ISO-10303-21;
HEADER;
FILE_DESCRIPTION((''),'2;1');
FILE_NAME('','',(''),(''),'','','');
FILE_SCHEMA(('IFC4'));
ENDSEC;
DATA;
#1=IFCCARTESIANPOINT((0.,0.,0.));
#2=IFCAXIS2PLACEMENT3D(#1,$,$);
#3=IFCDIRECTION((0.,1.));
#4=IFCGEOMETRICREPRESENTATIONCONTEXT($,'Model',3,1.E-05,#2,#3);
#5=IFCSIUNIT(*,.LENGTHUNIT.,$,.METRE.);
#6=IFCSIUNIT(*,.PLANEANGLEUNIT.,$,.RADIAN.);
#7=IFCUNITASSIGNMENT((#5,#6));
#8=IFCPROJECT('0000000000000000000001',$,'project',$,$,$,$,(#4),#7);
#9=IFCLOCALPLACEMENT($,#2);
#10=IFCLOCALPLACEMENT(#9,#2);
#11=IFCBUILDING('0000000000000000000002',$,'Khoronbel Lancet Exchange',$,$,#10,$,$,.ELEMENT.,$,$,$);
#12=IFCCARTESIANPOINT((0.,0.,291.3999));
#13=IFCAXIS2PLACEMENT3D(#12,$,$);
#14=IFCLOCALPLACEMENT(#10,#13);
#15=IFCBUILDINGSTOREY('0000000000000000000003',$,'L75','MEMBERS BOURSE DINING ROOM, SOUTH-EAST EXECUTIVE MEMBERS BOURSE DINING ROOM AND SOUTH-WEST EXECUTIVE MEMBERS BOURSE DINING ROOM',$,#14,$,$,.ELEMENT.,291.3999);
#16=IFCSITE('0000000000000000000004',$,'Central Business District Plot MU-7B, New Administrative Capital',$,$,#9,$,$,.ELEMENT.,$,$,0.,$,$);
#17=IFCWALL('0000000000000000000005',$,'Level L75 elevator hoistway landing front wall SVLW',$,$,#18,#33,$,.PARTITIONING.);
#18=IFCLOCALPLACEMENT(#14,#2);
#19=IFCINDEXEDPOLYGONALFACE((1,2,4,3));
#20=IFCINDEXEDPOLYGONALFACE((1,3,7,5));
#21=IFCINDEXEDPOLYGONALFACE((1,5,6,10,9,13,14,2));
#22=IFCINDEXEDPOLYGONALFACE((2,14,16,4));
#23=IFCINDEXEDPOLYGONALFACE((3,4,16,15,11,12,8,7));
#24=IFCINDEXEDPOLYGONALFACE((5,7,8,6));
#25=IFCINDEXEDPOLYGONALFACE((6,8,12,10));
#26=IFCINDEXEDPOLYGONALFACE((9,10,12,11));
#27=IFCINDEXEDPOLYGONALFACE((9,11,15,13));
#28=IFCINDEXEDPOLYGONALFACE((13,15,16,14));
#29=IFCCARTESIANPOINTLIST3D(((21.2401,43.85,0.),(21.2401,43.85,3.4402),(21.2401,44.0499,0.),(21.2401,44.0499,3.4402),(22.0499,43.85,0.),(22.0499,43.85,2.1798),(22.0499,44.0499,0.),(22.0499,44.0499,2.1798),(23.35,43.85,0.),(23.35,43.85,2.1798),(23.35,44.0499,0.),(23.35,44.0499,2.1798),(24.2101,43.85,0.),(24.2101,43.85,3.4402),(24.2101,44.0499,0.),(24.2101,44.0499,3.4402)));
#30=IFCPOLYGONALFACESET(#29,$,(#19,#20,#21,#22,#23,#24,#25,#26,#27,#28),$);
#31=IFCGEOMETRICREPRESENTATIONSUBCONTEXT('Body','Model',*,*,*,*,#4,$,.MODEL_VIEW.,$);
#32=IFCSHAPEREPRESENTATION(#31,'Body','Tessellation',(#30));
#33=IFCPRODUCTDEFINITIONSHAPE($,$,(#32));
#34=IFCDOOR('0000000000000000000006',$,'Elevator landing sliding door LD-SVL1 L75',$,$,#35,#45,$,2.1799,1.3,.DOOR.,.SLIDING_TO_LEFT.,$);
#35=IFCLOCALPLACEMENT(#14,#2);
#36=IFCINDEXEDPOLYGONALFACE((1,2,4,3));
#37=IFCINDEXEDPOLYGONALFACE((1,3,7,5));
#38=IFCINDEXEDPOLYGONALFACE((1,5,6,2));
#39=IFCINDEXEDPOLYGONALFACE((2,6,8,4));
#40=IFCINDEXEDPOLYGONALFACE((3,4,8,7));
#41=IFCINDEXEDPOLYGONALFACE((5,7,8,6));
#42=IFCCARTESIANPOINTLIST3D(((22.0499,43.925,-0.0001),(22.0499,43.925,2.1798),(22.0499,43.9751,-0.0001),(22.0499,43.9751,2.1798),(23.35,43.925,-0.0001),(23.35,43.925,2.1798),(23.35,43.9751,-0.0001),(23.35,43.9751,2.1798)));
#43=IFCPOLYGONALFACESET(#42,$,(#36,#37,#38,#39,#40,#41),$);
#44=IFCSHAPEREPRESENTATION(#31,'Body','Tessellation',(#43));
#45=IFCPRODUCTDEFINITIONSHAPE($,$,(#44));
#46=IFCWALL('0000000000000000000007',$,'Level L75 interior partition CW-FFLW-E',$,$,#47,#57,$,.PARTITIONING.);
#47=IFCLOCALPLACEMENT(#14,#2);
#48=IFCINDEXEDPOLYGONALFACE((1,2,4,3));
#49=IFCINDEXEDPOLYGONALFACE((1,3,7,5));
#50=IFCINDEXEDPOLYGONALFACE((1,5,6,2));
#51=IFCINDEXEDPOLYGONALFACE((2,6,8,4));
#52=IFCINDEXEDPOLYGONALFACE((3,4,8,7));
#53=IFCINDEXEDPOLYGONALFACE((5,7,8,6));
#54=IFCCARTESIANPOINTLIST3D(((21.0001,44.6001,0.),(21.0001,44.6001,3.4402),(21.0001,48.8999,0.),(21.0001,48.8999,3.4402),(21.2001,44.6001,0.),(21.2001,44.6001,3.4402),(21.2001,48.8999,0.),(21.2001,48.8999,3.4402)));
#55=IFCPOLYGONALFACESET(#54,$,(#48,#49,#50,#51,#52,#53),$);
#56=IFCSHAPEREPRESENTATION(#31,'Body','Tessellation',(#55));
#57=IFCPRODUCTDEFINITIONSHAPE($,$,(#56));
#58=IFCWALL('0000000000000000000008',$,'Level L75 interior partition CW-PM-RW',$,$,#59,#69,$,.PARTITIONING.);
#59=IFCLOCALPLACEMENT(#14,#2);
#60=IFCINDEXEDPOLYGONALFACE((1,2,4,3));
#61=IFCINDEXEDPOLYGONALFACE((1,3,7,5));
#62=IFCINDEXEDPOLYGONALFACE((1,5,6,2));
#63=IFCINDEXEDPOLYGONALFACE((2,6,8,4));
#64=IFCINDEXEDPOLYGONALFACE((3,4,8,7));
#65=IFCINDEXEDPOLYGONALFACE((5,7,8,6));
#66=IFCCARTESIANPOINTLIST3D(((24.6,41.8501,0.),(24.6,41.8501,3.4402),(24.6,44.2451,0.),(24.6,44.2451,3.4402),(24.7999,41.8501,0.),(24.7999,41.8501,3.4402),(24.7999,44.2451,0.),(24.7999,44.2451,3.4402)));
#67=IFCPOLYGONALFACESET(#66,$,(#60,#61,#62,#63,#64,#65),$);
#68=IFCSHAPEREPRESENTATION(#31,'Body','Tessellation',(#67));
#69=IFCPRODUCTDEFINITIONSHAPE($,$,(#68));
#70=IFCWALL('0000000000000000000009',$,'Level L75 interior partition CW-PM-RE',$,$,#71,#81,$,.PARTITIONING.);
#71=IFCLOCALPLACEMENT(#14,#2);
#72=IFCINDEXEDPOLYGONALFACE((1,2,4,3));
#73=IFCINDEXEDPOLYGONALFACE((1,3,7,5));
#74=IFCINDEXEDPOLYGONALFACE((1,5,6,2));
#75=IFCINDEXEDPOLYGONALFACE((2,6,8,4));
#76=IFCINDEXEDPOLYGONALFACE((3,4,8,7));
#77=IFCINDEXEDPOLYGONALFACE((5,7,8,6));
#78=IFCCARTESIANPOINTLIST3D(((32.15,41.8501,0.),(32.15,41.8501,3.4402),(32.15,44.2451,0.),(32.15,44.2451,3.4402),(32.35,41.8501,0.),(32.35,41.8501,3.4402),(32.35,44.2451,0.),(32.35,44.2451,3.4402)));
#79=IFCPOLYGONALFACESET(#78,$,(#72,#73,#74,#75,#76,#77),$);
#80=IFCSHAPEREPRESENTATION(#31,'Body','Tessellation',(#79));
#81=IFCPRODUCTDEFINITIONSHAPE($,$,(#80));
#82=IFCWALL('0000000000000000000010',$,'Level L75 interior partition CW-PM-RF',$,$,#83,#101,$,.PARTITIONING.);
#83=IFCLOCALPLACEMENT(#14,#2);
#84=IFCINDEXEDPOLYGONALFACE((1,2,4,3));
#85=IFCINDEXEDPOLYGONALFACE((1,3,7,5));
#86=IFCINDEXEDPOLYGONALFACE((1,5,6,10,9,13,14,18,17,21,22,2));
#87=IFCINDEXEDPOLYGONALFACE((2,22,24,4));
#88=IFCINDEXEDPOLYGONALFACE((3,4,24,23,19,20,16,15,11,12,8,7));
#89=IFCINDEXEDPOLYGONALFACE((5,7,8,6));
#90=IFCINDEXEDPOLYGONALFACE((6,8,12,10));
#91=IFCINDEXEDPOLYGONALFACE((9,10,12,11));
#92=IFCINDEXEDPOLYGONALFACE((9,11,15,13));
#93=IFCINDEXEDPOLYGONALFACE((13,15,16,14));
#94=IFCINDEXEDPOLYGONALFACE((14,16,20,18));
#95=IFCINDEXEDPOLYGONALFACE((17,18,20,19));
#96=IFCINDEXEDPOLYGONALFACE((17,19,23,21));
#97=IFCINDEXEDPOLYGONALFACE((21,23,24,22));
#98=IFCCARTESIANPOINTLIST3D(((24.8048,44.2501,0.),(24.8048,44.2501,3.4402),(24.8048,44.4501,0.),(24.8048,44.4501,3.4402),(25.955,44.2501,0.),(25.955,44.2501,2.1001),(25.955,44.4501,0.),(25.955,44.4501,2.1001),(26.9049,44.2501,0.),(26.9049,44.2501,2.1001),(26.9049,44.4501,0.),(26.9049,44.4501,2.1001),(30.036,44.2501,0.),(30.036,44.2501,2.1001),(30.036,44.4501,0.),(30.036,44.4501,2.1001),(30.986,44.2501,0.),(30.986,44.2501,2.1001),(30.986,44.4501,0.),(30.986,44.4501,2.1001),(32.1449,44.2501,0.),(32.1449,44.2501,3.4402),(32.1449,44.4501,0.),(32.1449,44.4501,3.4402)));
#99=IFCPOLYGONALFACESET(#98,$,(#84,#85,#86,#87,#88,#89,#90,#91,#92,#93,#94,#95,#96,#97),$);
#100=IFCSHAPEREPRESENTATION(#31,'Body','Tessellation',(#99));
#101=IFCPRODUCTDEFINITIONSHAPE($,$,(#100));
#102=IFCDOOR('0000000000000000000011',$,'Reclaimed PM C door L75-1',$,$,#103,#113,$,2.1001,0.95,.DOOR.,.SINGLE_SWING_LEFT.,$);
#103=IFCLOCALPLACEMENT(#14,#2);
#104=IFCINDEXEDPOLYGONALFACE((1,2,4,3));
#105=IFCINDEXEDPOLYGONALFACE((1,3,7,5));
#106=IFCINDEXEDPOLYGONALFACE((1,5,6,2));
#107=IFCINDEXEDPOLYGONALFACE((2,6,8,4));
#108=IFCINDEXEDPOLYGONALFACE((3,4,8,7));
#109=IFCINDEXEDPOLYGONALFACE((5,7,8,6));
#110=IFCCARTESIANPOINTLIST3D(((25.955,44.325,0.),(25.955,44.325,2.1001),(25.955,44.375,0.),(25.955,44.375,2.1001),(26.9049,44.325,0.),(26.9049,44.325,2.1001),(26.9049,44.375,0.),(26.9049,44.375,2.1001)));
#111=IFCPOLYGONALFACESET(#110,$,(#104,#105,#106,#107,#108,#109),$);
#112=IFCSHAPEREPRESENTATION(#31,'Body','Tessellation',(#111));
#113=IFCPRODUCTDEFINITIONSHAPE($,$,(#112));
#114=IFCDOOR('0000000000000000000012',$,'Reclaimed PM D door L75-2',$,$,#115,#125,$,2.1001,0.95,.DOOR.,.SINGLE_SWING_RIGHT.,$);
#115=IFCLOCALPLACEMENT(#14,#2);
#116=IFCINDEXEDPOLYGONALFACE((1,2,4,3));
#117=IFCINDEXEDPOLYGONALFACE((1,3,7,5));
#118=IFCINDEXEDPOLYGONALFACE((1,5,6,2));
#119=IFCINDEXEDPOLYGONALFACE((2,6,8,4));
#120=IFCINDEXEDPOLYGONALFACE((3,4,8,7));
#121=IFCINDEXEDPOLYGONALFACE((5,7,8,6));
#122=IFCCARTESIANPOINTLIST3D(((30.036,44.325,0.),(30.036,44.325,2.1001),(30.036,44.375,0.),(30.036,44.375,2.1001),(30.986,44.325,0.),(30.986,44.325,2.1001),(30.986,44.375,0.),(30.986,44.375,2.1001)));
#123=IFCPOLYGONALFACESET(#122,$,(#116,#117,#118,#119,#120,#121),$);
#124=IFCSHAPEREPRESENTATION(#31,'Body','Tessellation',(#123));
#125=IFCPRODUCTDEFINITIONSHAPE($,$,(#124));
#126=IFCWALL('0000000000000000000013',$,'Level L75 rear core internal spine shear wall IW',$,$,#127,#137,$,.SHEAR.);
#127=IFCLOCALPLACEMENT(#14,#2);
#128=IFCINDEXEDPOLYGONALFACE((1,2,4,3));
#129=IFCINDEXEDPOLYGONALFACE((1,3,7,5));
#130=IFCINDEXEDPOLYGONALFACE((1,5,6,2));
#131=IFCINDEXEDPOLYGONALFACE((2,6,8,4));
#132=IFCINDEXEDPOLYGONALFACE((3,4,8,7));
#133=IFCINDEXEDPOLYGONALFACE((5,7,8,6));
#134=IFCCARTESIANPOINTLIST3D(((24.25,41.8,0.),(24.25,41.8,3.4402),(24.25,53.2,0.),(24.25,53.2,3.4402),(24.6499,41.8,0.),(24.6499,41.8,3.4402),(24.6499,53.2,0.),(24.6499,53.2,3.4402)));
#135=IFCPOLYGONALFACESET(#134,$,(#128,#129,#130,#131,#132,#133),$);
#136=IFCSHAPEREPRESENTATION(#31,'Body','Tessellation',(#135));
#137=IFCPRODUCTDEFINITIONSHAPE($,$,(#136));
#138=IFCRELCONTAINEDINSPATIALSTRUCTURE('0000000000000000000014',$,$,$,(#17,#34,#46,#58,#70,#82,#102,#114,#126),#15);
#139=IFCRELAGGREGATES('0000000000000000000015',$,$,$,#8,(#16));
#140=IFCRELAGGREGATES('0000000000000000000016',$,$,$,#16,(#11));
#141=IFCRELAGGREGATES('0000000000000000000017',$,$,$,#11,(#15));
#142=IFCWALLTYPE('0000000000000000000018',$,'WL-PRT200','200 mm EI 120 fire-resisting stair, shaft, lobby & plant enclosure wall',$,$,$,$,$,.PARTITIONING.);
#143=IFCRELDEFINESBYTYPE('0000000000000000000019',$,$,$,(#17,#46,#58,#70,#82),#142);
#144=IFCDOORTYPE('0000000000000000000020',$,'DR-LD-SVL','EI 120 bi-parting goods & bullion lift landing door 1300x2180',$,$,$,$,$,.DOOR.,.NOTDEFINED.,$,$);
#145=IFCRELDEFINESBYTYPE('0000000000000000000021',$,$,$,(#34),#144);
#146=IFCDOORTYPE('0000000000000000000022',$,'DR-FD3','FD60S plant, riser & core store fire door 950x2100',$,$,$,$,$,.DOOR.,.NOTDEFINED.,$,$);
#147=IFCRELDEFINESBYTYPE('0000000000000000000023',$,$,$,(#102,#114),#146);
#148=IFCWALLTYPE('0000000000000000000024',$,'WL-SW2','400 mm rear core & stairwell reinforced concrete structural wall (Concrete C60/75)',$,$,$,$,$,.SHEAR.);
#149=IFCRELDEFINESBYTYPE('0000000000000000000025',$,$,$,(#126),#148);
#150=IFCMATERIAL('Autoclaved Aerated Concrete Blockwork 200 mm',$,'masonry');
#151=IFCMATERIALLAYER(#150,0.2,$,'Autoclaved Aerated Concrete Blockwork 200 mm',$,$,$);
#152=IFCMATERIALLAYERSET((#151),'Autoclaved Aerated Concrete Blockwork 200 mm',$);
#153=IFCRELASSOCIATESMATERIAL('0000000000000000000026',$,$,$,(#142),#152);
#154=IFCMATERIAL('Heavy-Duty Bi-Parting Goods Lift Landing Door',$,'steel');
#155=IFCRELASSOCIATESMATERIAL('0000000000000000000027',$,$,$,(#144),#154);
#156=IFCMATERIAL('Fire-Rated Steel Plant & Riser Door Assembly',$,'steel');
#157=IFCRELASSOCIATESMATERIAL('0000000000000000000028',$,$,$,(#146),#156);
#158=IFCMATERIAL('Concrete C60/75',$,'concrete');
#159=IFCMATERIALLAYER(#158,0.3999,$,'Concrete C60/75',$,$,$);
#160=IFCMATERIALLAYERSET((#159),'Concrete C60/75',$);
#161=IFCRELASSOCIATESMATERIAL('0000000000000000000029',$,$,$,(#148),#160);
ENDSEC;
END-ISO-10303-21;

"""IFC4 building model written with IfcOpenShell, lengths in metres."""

from ifc_helpers import new_model, si_unit, direction, frame, frame_2d, origin, place, context, subcontext, project, spatial, rectangle, extrude, material, layer, layer_set, type_object, element, fill, save


model = new_model("IFC4")

# Units and contexts
model_context = context("Model", 3, precision=1e-05, world=origin(), true_north=direction((0.0, 1.0)))
body_context = subcontext(model_context, "Body", "Model", "MODEL_VIEW")
ifc_project = project(units=[si_unit("LENGTHUNIT", "METRE"), si_unit("PLANEANGLEUNIT", "RADIAN")], contexts=[model_context])

# Site, building, storey
site_placement = place(None, origin())
site = spatial("IfcSite", under=ifc_project, at=site_placement, Name="Central Business District Plot MU-7B, New Administrative Capital", CompositionType="ELEMENT", RefElevation=0.0)
building_placement = place(site_placement, origin())
building = spatial("IfcBuilding", under=site, at=building_placement, Name="Khoronbel Lancet Exchange", CompositionType="ELEMENT")
storey_placement = place(building_placement, frame((0.0, 0.0, 291.3999)))
storey = spatial("IfcBuildingStorey", under=building, at=storey_placement, Name="L75", Description="MEMBERS BOURSE DINING ROOM, SOUTH-EAST EXECUTIVE MEMBERS BOURSE DINING ROOM AND SOUTH-WEST EXECUTIVE MEMBERS BOURSE DINING ROOM", CompositionType="ELEMENT", Elevation=291.3999)

# Shared definitions
ifc_material_1 = material(Name="Concrete C60/75", Category="concrete")

# Wall, opening, door
ifc_material_2 = material(Name="Autoclaved Aerated Concrete Blockwork 200 mm", Category="masonry")
ifc_layer_1 = layer(ifc_material_2, 0.2, Name="Autoclaved Aerated Concrete Blockwork 200 mm")
ifc_layer_set_1 = layer_set([ifc_layer_1], Name="Autoclaved Aerated Concrete Blockwork 200 mm")
wall_type_1 = type_object("IfcWallType", Name="WL-PRT200", Description="200 mm EI 120 fire-resisting stair, shaft, lobby & plant enclosure wall", PredefinedType="PARTITIONING", material=ifc_layer_set_1)
wall_1_placement = place(storey_placement, frame((24.21, 43.95, 0.0), z_axis=(0.0, 0.0, 1.0), x_axis=(-1.0, 0.0, 0.0)))
wall_1 = element("IfcWall", 1, at=wall_1_placement, inside=storey, type_object=wall_type_1, Name="Level L75 elevator hoistway landing front wall SVLW", PredefinedType="PARTITIONING", context=body_context, shape_type="SweptSolid", body=[
    extrude(rectangle(XDim=2.97, YDim=0.2, at=frame_2d((1.4849, 0.0))), origin(), (0.0, 0.0, 1.0), 3.4402),
])
opening_1_placement = place(wall_1_placement, frame((0.8601, 0.0, 0.0)))
opening_1 = element("IfcOpeningElement", 2, at=opening_1_placement, cuts=wall_1, PredefinedType="OPENING", context=body_context, shape_type="SweptSolid", body=[
    extrude(rectangle(XDim=1.3, YDim=2.1799, at=frame_2d((0.6499, 1.0898))), frame((0.0, 0.1099, 0.0), z_axis=(0.0, -1.0, 0.0), x_axis=(1.0, 0.0, 0.0)), (0.0, 0.0, 1.0), 0.22),
])
ifc_material_3 = material(Name="Heavy-Duty Bi-Parting Goods Lift Landing Door", Category="steel")
door_type_1 = type_object("IfcDoorType", Name="DR-LD-SVL", Description="EI 120 bi-parting goods & bullion lift landing door 1300x2180", OperationType="NOTDEFINED", PredefinedType="DOOR", material=ifc_material_3)
door_1_placement = place(opening_1_placement, origin())
door_1 = element("IfcDoor", 3, at=door_1_placement, inside=storey, type_object=door_type_1, Name="Elevator landing sliding door LD-SVL1 L75", OperationType="SLIDING_TO_LEFT", OverallHeight=2.1799, OverallWidth=1.3, PredefinedType="DOOR", context=body_context, shape_type="SweptSolid", body=[
    extrude(rectangle(XDim=1.3, YDim=2.1799, at=frame_2d((0.6499, 1.0898))), frame((0.0, 0.0249, 0.0), z_axis=(0.0, -1.0, 0.0), x_axis=(1.0, 0.0, 0.0)), (0.0, 0.0, 1.0), 0.05),
])
fill(opening_1, door_1)

# Wall
wall_2_placement = place(storey_placement, frame((21.1001, 44.6001, 0.0), z_axis=(0.0, 0.0, 1.0), x_axis=(0.0, 1.0, 0.0)))
element("IfcWall", 4, at=wall_2_placement, inside=storey, type_object=wall_type_1, Name="Level L75 interior partition CW-FFLW-E", PredefinedType="PARTITIONING", context=body_context, shape_type="SweptSolid", body=[
    extrude(rectangle(XDim=4.2998, YDim=0.2, at=frame_2d((2.1499, 0.0))), origin(), (0.0, 0.0, 1.0), 3.4402),
])

# Walls
for number, where, z_axis, x_axis, name in (
    (5, (24.7, 41.8501, 0.0), (0.0, 0.0, 1.0), (0.0, 1.0, 0.0), "Level L75 interior partition CW-PM-RW"),
    (6, (32.25, 41.8501, 0.0), (0.0, 0.0, 1.0), (0.0, 1.0, 0.0), "Level L75 interior partition CW-PM-RE"),
):
    element("IfcWall", number, at=place(storey_placement, frame(where, z_axis=z_axis, x_axis=x_axis)), inside=storey, type_object=wall_type_1, Name=name, PredefinedType="PARTITIONING", context=body_context, shape_type="SweptSolid", body=[
        extrude(rectangle(XDim=2.395, YDim=0.2, at=frame_2d((1.1975, 0.0))), origin(), (0.0, 0.0, 1.0), 3.4402),
    ])

# Wall, openings, doors
wall_3_placement = place(storey_placement, frame((24.8049, 44.3501, 0.0), z_axis=(0.0, 0.0, 1.0), x_axis=(1.0, 0.0, 0.0)))
wall_3 = element("IfcWall", 7, at=wall_3_placement, inside=storey, type_object=wall_type_1, Name="Level L75 interior partition CW-PM-RF", PredefinedType="PARTITIONING", context=body_context, shape_type="SweptSolid", body=[
    extrude(rectangle(XDim=7.3401, YDim=0.2, at=frame_2d((3.6699, 0.0))), origin(), (0.0, 0.0, 1.0), 3.4402),
])
opening_2_placement = place(wall_3_placement, frame((1.1499, 0.0, 0.0)))
opening_2 = element("IfcOpeningElement", 8, at=opening_2_placement, cuts=wall_3, PredefinedType="OPENING", context=body_context, shape_type="SweptSolid", body=[
    extrude(rectangle(XDim=0.95, YDim=2.1001, at=frame_2d((0.4751, 1.05))), frame((0.0, 0.1099, 0.0), z_axis=(0.0, -1.0, 0.0), x_axis=(1.0, 0.0, 0.0)), (0.0, 0.0, 1.0), 0.22),
])
opening_3_placement = place(wall_3_placement, frame((5.231, 0.0, 0.0)))
opening_3 = element("IfcOpeningElement", 9, at=opening_3_placement, cuts=wall_3, PredefinedType="OPENING", context=body_context, shape_type="SweptSolid", body=[
    extrude(rectangle(XDim=0.95, YDim=2.1001, at=frame_2d((0.4751, 1.05))), frame((0.0, 0.1099, 0.0), z_axis=(0.0, -1.0, 0.0), x_axis=(1.0, 0.0, 0.0)), (0.0, 0.0, 1.0), 0.22),
])
ifc_material_4 = material(Name="Fire-Rated Steel Plant & Riser Door Assembly", Category="steel")
door_type_2 = type_object("IfcDoorType", Name="DR-FD3", Description="FD60S plant, riser & core store fire door 950x2100", OperationType="NOTDEFINED", PredefinedType="DOOR", material=ifc_material_4)
door_2_placement = place(opening_2_placement, origin())
door_2 = element("IfcDoor", 10, at=door_2_placement, inside=storey, type_object=door_type_2, Name="Reclaimed PM C door L75-1", OperationType="SINGLE_SWING_LEFT", OverallHeight=2.1001, OverallWidth=0.95, PredefinedType="DOOR", context=body_context, shape_type="SweptSolid", body=[
    extrude(rectangle(XDim=0.95, YDim=2.1001, at=frame_2d((0.4751, 1.05))), frame((0.0, 0.0249, 0.0), z_axis=(0.0, -1.0, 0.0), x_axis=(1.0, 0.0, 0.0)), (0.0, 0.0, 1.0), 0.05),
])
fill(opening_2, door_2)
door_3_placement = place(opening_3_placement, origin())
door_3 = element("IfcDoor", 11, at=door_3_placement, inside=storey, type_object=door_type_2, Name="Reclaimed PM D door L75-2", OperationType="SINGLE_SWING_RIGHT", OverallHeight=2.1001, OverallWidth=0.95, PredefinedType="DOOR", context=body_context, shape_type="SweptSolid", body=[
    extrude(rectangle(XDim=0.95, YDim=2.1001, at=frame_2d((0.4751, 1.05))), frame((0.0, 0.0249, 0.0), z_axis=(0.0, -1.0, 0.0), x_axis=(1.0, 0.0, 0.0)), (0.0, 0.0, 1.0), 0.05),
])
fill(opening_3, door_3)

# Wall
ifc_layer_2 = layer(ifc_material_1, 0.3999, Name="Concrete C60/75")
ifc_layer_set_2 = layer_set([ifc_layer_2], Name="Concrete C60/75")
wall_type_2 = type_object("IfcWallType", Name="WL-SW2", Description="400 mm rear core & stairwell reinforced concrete structural wall (Concrete C60/75)", PredefinedType="SHEAR", material=ifc_layer_set_2)
wall_4_placement = place(storey_placement, frame((24.45, 41.8, 0.0), z_axis=(0.0, 0.0, 1.0), x_axis=(0.0, 1.0, 0.0)))
element("IfcWall", 12, at=wall_4_placement, inside=storey, type_object=wall_type_2, Name="Level L75 rear core internal spine shear wall IW", PredefinedType="SHEAR", context=body_context, shape_type="SweptSolid", body=[
    extrude(rectangle(XDim=11.3999, YDim=0.3999, at=frame_2d((5.7, 0.0))), origin(), (0.0, 0.0, 1.0), 3.4402),
])

save(model, "model.ifc")
